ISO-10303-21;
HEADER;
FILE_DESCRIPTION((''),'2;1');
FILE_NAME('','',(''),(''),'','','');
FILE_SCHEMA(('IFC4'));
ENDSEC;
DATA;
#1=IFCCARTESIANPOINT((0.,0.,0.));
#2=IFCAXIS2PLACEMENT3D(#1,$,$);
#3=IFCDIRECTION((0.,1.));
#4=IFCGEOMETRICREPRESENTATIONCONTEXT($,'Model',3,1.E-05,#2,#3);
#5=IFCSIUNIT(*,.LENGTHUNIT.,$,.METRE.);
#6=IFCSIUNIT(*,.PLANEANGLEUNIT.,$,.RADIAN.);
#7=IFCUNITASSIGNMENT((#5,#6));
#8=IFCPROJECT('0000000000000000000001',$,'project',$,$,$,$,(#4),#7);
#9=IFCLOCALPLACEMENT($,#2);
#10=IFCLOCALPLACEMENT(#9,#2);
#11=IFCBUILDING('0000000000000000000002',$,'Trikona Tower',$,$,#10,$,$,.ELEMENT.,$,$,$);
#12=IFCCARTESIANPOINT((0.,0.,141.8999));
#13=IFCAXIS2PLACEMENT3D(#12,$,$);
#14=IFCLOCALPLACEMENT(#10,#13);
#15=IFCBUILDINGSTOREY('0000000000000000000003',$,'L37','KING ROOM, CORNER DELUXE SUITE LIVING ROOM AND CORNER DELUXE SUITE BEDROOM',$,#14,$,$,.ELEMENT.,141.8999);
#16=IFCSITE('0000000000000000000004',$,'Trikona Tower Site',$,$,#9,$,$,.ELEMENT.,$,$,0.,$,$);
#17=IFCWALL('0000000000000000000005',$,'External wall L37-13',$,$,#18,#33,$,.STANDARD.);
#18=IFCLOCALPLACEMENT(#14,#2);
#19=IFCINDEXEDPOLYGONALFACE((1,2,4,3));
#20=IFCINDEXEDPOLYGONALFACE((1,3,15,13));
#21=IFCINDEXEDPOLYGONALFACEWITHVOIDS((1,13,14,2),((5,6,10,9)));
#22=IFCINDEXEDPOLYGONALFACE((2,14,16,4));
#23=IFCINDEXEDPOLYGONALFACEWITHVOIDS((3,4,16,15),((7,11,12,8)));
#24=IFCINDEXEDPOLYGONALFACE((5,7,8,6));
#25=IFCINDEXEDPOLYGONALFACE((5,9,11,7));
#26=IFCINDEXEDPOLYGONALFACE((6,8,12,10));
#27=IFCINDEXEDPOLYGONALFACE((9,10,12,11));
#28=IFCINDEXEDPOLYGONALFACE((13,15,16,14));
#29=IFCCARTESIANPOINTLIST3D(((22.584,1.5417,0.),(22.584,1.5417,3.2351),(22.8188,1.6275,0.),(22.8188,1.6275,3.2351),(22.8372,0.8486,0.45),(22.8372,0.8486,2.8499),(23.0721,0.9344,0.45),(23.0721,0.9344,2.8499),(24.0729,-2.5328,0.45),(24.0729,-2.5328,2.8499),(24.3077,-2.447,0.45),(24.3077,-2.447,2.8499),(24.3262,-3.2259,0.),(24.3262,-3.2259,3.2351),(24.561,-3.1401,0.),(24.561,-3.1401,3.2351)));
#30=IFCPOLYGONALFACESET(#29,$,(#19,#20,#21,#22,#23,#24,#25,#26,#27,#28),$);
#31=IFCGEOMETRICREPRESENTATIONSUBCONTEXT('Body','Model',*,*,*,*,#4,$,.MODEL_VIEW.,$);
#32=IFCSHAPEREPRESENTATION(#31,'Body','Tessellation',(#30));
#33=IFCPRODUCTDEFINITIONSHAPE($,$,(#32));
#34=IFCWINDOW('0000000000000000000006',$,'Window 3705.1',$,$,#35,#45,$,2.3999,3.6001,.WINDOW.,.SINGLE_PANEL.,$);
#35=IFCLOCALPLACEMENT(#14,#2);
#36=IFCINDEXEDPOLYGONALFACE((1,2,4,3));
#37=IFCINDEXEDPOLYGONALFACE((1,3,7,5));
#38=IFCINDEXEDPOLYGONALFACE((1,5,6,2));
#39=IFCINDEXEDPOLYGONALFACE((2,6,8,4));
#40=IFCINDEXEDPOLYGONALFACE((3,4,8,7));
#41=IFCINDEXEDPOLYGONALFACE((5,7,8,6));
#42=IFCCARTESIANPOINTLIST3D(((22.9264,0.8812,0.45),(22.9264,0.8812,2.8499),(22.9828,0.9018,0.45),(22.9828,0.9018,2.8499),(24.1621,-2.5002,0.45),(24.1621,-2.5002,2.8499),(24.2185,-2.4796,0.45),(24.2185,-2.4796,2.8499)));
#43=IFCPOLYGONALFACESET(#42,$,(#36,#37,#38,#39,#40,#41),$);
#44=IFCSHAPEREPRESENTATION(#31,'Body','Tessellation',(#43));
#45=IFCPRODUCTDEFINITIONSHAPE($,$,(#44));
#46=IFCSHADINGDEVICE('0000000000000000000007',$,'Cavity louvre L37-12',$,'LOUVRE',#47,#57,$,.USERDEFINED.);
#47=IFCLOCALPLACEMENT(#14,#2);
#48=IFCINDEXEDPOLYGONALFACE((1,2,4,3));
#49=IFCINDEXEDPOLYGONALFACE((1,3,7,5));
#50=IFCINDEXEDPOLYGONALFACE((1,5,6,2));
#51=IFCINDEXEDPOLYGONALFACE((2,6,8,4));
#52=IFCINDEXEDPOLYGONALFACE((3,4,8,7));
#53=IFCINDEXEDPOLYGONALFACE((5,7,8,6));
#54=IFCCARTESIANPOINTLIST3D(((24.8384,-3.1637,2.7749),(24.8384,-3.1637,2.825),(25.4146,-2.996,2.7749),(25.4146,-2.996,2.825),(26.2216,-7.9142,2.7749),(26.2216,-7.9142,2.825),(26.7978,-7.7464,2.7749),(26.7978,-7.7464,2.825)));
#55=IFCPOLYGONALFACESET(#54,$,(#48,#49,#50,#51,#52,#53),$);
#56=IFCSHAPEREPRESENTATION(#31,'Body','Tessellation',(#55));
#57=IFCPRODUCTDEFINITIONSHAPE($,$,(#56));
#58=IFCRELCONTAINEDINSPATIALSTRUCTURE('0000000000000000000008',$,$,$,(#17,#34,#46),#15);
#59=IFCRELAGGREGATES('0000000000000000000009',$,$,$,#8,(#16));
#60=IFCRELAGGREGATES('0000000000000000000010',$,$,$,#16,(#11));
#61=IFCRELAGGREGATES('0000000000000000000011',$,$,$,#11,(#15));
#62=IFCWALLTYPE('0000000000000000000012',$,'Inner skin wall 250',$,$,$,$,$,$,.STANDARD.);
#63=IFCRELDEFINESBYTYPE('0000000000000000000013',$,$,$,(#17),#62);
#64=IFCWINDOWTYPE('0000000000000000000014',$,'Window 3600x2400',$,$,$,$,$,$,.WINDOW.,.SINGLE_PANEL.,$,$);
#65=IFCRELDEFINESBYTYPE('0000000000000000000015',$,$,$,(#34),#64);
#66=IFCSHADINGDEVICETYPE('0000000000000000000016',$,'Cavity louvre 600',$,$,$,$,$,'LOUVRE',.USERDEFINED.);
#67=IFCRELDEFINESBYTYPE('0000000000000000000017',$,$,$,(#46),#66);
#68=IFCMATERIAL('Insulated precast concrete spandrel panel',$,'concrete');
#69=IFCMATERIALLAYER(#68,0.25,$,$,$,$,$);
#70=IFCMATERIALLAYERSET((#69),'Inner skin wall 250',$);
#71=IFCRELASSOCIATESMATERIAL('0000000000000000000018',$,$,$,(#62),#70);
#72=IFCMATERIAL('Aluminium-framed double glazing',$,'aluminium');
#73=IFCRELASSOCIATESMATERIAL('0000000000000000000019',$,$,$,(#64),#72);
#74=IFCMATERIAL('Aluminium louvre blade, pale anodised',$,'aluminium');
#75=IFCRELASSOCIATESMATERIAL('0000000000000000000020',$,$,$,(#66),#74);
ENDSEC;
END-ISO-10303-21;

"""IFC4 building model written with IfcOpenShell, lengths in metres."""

from ifc_helpers import new_model, si_unit, direction, frame, frame_2d, origin, origin_2d, place, context, subcontext, project, spatial, rectangle, extrude, material, layer, layer_set, type_object, element, fill, save


model = new_model("IFC4")

# Units and contexts
model_context = context("Model", 3, precision=1e-05, world=origin(), true_north=direction((0.0, 1.0)))
body_context = subcontext(model_context, "Body", "Model", "MODEL_VIEW")
ifc_project = project(units=[si_unit("LENGTHUNIT", "METRE"), si_unit("PLANEANGLEUNIT", "RADIAN")], contexts=[model_context])

# Site, building, storey
site_placement = place(None, origin())
site = spatial("IfcSite", under=ifc_project, at=site_placement, Name="Trikona Tower Site", CompositionType="ELEMENT", RefElevation=0.0)
building_placement = place(site_placement, origin())
building = spatial("IfcBuilding", under=site, at=building_placement, Name="Trikona Tower", CompositionType="ELEMENT")
storey_placement = place(building_placement, frame((0.0, 0.0, 141.8999)))
storey = spatial("IfcBuildingStorey", under=building, at=storey_placement, Name="L37", Description="KING ROOM, CORNER DELUXE SUITE LIVING ROOM AND CORNER DELUXE SUITE BEDROOM", CompositionType="ELEMENT", Elevation=141.8999)

# Wall, opening, window
ifc_material_1 = material(Name="Insulated precast concrete spandrel panel", Category="concrete")
ifc_layer_1 = layer(ifc_material_1, 0.25)
ifc_layer_set_1 = layer_set([ifc_layer_1], Name="Inner skin wall 250")
wall_type = type_object("IfcWallType", Name="Inner skin wall 250", PredefinedType="STANDARD", material=ifc_layer_set_1)
ifc_material_2 = material(Name="Aluminium-framed double glazing", Category="aluminium")
window_type = type_object("IfcWindowType", Name="Window 3600x2400", PartitioningType="SINGLE_PANEL", PredefinedType="WINDOW", material=ifc_material_2)
wall_1_placement = place(storey_placement, frame((24.4436, -3.1831, 0.0), z_axis=(0.0, 0.0, 1.0), x_axis=(-0.343226, 0.939253, 0.0)))
wall_1 = element("IfcWall", 1, at=wall_1_placement, inside=storey, type_object=wall_type, Name="External wall L37-13", PredefinedType="STANDARD", context=body_context, shape_type="SweptSolid", body=[
    extrude(rectangle(XDim=5.0759, YDim=0.25, at=frame_2d((2.5381, 0.0))), origin(), (0.0, 0.0, 1.0), 3.2351),
])
opening_1_placement = place(wall_1_placement, frame((0.738, 0.0, 0.45)))
opening_1 = element("IfcOpeningElement", 2, at=opening_1_placement, cuts=wall_1, PredefinedType="OPENING", context=body_context, shape_type="SweptSolid", body=[
    extrude(rectangle(XDim=3.6001, YDim=2.3999, at=frame_2d((1.8, 1.2))), frame((0.0, 0.135, 0.0), z_axis=(0.0, -1.0, 0.0), x_axis=(1.0, 0.0, 0.0)), (0.0, 0.0, 1.0), 0.27),
])
window_1_placement = place(opening_1_placement, origin())
window_1 = element("IfcWindow", 3, at=window_1_placement, inside=storey, type_object=window_type, Name="Window 3705.1", OverallHeight=2.3999, OverallWidth=3.6001, PartitioningType="SINGLE_PANEL", PredefinedType="WINDOW", context=body_context, shape_type="SweptSolid", body=[
    extrude(rectangle(XDim=3.6001, YDim=2.3999, at=frame_2d((1.8, 1.2))), frame((0.0, 0.03, 0.0), z_axis=(0.0, -1.0, 0.0), x_axis=(1.0, 0.0, 0.0)), (0.0, 0.0, 1.0), 0.0601),
])
fill(opening_1, window_1)

# Shading device
ifc_material_3 = material(Name="Aluminium louvre blade, pale anodised", Category="aluminium")
shading_device_type = type_object("IfcShadingDeviceType", Name="Cavity louvre 600", ElementType="LOUVRE", PredefinedType="USERDEFINED", material=ifc_material_3)
shading_device_placement = place(storey_placement, frame((25.8181, -5.4551, 2.7749), z_axis=(0.0, 0.0, 1.0), x_axis=(-0.279554, 0.96013, 0.0)))
element("IfcShadingDevice", 4, at=shading_device_placement, inside=storey, type_object=shading_device_type, Name="Cavity louvre L37-12", ObjectType="LOUVRE", PredefinedType="USERDEFINED", context=body_context, shape_type="SweptSolid", body=[
    extrude(rectangle(XDim=4.9478, YDim=0.6001, at=origin_2d()), origin(), (0.0, 0.0, 1.0), 0.05),
])

save(model, "model.ifc")
